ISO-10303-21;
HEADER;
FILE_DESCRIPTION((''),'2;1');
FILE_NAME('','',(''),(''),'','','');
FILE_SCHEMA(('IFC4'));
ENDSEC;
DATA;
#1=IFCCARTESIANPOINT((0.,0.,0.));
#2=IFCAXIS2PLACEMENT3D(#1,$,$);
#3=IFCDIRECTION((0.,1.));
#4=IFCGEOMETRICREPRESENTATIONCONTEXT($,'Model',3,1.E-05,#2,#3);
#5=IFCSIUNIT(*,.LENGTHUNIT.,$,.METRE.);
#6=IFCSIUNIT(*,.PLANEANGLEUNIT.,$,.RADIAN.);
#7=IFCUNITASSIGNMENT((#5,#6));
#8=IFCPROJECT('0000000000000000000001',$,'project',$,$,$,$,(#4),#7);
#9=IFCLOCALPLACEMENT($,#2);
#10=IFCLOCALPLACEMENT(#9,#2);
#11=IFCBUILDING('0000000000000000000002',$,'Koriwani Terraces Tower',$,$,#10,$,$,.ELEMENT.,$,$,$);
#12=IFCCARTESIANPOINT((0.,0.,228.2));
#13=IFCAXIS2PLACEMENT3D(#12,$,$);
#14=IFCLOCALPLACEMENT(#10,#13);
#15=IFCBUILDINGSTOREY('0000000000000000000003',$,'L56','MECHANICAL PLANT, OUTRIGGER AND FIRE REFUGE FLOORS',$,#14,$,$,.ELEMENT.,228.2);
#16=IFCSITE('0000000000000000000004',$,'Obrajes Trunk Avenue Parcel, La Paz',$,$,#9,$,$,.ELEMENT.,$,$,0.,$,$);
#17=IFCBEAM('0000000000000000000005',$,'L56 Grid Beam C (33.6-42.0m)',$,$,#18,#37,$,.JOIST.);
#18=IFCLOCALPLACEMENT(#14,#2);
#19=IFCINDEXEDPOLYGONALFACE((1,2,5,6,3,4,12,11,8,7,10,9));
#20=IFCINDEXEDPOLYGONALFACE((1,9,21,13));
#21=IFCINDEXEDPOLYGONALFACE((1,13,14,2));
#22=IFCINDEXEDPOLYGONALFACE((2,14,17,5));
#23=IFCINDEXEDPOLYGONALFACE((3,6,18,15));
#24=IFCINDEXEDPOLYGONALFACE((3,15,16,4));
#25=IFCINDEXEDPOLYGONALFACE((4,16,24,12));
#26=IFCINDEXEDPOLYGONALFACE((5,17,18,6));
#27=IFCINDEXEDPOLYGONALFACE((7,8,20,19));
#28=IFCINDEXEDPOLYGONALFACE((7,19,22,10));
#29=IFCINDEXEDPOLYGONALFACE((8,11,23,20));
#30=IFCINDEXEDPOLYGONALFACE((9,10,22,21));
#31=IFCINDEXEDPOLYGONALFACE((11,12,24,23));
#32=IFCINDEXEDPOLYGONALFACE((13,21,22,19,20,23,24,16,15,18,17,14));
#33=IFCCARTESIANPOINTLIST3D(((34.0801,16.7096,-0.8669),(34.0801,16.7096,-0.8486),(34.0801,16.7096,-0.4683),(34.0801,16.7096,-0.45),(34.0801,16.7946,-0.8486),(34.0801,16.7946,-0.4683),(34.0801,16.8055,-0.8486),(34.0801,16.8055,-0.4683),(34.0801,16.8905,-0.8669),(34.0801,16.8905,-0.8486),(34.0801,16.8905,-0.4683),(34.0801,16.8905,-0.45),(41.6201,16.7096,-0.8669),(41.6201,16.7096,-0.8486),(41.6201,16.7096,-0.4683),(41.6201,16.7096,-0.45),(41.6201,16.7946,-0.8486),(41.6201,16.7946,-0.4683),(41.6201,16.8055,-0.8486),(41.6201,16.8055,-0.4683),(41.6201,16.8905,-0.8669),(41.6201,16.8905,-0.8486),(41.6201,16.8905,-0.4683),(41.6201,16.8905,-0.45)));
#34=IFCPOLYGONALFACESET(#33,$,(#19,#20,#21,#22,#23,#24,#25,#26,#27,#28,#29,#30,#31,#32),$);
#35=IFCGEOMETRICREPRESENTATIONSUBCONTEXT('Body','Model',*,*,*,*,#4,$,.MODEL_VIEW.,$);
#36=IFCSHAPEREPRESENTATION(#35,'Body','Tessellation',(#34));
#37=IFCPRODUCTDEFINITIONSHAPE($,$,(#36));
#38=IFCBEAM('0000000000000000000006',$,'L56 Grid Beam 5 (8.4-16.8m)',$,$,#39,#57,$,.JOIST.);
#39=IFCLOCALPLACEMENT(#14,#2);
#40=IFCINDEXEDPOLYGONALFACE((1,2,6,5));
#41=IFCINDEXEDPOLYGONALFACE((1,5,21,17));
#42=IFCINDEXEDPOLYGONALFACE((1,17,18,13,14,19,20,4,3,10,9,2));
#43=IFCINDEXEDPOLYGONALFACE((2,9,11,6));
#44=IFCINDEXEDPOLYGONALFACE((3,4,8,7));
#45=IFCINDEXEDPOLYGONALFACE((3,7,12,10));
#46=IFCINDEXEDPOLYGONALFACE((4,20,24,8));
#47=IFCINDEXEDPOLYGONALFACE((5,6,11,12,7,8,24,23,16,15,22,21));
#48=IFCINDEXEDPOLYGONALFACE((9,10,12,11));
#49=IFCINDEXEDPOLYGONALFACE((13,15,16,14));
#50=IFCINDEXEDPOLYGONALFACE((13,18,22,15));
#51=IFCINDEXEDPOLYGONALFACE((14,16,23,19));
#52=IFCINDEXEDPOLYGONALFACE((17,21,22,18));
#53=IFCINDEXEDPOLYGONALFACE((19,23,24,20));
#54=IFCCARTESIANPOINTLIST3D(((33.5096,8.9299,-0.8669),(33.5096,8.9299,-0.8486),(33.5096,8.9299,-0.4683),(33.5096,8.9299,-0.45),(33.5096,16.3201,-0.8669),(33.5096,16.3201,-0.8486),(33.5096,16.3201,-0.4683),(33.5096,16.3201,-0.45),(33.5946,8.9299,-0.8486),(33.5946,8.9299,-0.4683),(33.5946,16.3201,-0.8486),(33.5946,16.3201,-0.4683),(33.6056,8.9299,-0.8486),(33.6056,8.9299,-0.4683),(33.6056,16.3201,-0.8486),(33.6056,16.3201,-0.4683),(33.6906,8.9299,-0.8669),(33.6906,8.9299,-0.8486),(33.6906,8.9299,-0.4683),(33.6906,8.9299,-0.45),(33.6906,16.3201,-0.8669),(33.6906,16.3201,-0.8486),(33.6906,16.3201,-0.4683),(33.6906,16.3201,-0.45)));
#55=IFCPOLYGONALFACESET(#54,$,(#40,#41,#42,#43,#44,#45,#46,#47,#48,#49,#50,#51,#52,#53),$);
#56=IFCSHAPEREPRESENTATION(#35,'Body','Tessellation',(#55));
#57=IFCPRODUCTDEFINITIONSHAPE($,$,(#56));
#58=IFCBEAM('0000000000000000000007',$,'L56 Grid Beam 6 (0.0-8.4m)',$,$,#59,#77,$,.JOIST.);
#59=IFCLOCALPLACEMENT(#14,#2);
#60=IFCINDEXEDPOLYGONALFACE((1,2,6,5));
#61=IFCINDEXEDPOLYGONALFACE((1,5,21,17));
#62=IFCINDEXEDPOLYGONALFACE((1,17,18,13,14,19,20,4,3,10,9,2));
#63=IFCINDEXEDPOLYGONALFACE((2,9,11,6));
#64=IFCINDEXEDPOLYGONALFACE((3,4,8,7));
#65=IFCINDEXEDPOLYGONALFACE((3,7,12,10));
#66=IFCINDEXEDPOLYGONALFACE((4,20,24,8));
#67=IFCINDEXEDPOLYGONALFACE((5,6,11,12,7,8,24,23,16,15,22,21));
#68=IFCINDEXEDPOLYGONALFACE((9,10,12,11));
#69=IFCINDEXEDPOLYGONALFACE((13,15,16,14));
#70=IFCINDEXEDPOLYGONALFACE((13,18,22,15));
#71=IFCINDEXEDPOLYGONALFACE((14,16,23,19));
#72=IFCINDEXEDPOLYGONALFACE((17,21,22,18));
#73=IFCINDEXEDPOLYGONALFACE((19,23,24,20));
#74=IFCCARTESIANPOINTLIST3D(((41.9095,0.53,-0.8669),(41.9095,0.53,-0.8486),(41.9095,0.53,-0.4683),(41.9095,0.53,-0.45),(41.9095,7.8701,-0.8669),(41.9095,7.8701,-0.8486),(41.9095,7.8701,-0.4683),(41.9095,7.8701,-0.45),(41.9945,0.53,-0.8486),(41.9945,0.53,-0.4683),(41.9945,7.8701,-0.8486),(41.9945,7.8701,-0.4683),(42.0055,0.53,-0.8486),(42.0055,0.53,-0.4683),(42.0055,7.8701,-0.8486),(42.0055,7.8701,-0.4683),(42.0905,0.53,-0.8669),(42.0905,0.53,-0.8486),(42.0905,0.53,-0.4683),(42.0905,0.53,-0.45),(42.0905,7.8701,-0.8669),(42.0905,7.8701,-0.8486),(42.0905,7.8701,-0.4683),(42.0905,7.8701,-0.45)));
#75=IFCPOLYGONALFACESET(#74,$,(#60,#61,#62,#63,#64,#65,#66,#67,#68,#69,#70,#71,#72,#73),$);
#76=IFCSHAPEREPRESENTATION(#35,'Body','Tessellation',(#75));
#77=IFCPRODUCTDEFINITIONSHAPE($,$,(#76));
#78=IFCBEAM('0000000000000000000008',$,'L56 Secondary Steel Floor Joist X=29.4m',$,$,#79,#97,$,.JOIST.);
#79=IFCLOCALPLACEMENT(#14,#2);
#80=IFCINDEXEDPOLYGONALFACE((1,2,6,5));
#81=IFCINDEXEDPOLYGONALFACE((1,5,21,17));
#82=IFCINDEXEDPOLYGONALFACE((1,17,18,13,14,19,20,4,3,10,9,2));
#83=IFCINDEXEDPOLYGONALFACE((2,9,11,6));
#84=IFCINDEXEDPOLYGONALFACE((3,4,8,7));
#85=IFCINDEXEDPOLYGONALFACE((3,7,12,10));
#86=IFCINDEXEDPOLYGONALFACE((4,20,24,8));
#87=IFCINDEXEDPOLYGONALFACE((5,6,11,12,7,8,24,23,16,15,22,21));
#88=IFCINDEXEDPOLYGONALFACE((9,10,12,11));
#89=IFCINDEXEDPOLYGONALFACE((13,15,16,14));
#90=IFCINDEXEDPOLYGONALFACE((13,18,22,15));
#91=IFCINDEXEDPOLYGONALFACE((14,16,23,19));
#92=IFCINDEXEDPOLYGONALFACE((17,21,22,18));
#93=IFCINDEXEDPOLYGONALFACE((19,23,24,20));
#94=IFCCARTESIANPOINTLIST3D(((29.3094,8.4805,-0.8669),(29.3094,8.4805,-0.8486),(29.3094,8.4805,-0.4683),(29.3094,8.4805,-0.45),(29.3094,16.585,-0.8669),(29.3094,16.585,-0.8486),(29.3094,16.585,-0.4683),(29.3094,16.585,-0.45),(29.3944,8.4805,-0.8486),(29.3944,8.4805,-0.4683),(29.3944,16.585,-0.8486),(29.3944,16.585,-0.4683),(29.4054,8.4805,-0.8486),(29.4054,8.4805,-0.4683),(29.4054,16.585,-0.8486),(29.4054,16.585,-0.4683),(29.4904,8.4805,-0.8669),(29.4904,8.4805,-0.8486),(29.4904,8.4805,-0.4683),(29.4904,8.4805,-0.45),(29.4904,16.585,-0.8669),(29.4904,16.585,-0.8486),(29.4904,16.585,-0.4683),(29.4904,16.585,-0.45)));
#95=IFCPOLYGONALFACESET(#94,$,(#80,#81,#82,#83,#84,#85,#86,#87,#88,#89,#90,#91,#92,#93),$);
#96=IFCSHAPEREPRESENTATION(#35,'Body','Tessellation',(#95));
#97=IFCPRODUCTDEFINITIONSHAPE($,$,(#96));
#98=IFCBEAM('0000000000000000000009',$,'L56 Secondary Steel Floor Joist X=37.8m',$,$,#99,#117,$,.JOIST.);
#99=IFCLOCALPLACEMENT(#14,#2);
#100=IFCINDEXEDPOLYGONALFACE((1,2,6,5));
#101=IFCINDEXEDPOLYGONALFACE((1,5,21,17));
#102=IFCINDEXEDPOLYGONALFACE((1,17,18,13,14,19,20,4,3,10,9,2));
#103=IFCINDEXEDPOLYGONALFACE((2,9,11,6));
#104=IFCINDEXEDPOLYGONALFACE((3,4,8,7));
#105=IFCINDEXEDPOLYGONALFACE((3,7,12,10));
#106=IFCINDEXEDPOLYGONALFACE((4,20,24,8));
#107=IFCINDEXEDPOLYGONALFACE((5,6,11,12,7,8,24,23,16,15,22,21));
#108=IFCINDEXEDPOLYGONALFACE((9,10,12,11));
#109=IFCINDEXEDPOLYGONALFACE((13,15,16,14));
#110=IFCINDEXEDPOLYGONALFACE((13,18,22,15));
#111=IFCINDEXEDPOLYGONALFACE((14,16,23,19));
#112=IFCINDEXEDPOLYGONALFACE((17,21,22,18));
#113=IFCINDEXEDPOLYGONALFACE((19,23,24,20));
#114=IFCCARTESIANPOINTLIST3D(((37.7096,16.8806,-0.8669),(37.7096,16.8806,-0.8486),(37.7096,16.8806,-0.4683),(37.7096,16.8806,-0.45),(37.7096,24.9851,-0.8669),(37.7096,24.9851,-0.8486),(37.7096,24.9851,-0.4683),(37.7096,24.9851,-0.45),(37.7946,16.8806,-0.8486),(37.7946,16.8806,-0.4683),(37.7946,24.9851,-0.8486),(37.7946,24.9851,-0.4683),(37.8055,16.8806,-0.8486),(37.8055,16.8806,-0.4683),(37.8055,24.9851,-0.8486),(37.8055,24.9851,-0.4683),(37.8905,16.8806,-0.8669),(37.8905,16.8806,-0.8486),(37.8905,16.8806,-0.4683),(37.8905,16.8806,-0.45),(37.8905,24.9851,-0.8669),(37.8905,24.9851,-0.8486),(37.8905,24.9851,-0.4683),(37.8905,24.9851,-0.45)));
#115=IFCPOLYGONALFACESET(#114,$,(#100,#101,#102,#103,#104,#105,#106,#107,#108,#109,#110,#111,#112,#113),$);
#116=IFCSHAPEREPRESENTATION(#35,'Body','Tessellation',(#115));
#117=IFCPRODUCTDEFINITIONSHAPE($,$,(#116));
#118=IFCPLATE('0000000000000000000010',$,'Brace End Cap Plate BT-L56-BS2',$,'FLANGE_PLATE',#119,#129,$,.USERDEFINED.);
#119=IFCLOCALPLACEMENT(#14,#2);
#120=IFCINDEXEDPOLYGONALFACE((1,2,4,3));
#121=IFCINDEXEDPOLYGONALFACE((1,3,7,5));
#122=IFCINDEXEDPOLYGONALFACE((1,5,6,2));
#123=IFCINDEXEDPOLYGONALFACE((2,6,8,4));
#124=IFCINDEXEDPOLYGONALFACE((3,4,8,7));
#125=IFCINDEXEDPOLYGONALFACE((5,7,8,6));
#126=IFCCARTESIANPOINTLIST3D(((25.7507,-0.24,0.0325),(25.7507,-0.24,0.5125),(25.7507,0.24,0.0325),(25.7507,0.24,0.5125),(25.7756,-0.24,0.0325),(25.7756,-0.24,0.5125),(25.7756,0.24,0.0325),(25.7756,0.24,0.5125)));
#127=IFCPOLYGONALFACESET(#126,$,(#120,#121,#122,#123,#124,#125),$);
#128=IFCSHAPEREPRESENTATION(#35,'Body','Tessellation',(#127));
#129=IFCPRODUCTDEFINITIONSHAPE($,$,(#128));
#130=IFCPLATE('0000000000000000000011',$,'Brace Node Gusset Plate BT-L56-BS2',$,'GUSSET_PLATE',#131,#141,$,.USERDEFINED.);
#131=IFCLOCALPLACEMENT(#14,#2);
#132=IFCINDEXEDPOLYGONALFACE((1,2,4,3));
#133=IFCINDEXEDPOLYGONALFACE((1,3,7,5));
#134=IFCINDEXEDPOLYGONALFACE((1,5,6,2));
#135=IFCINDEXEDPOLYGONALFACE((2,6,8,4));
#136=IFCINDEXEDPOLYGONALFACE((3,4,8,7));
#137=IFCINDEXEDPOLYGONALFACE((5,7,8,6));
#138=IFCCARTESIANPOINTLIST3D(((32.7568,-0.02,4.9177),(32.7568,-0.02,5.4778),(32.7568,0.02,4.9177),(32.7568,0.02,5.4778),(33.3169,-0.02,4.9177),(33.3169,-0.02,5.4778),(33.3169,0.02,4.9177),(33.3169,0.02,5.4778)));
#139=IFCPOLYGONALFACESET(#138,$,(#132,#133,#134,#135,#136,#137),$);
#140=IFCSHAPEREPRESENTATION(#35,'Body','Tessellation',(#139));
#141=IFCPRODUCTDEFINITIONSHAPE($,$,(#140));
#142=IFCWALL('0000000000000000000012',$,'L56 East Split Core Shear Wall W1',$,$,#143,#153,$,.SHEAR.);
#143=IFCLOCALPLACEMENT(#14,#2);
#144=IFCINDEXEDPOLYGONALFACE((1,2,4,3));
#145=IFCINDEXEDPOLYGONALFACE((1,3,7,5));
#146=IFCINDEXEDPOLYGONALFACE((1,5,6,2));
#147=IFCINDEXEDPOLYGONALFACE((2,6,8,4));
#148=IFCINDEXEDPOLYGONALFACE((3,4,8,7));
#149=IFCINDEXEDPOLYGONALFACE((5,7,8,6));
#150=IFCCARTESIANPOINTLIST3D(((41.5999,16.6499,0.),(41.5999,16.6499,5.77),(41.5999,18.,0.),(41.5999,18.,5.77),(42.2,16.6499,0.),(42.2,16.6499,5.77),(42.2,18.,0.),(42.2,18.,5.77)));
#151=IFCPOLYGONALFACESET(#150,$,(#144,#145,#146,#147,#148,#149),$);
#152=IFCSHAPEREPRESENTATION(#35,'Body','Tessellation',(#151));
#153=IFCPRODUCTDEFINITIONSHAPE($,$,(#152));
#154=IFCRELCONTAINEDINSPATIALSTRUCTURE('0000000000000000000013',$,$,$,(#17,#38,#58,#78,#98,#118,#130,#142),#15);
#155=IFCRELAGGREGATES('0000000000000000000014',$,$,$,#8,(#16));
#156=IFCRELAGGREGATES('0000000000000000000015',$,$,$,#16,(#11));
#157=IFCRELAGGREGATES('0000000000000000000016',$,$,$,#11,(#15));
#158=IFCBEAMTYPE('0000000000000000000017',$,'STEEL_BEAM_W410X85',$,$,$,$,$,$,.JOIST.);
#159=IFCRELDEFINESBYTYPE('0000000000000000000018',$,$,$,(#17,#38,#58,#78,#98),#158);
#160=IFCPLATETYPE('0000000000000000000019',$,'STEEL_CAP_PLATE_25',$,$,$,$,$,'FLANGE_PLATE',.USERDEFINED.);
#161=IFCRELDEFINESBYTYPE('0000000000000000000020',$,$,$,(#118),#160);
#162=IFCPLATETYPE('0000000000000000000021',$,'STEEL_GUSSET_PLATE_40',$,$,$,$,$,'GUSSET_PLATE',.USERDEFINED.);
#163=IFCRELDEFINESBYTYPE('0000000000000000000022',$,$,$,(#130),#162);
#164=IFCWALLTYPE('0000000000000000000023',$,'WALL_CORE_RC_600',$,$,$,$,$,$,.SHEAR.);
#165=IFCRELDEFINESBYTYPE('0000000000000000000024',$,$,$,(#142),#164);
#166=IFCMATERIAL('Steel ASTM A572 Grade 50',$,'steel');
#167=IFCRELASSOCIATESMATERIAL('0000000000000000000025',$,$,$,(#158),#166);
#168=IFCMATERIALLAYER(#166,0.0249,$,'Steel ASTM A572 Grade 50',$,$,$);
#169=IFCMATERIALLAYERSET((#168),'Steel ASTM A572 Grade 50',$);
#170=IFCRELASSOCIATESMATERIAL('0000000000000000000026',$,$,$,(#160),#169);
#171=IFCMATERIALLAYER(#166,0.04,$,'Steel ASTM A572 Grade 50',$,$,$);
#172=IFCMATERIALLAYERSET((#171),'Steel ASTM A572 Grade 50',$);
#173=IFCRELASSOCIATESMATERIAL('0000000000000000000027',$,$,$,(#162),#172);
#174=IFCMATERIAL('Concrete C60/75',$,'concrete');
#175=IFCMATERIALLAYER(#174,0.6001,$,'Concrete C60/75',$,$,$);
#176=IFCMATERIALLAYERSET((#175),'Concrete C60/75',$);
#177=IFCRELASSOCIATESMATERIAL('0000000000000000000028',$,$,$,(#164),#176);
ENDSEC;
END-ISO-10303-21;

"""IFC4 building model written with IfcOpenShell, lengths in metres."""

from ifc_helpers import new_model, si_unit, direction, frame, frame_2d, origin, origin_2d, place, context, subcontext, project, spatial, rectangle, i_section, extrude, material, layer, layer_set, material_profile, profile_set, type_object, element, save


model = new_model("IFC4")

# Units and contexts
model_context = context("Model", 3, precision=1e-05, world=origin(), true_north=direction((0.0, 1.0)))
body_context = subcontext(model_context, "Body", "Model", "MODEL_VIEW")
ifc_project = project(units=[si_unit("LENGTHUNIT", "METRE"), si_unit("PLANEANGLEUNIT", "RADIAN")], contexts=[model_context])

# Site, building, storey
site_placement = place(None, origin())
site = spatial("IfcSite", under=ifc_project, at=site_placement, Name="Obrajes Trunk Avenue Parcel, La Paz", CompositionType="ELEMENT", RefElevation=0.0)
building_placement = place(site_placement, origin())
building = spatial("IfcBuilding", under=site, at=building_placement, Name="Koriwani Terraces Tower", CompositionType="ELEMENT")
storey_placement = place(building_placement, frame((0.0, 0.0, 228.2)))
storey = spatial("IfcBuildingStorey", under=building, at=storey_placement, Name="L56", Description="MECHANICAL PLANT, OUTRIGGER AND FIRE REFUGE FLOORS", CompositionType="ELEMENT", Elevation=228.2)

# Shared definitions
ifc_material_1 = material(Name="Steel ASTM A572 Grade 50", Category="steel")

# Beams
ifc_material_profile_1 = material_profile(ifc_material_1, i_section(OverallWidth=0.1809, OverallDepth=0.417, WebThickness=0.011, FlangeThickness=0.0183, at=origin_2d()), Name="Steel ASTM A572 Grade 50", Category="LoadBearing")
ifc_profile_set_1 = profile_set([ifc_material_profile_1], Name="Steel ASTM A572 Grade 50")
beam_type_1 = type_object("IfcBeamType", Name="STEEL_BEAM_W410X85", PredefinedType="JOIST", material=ifc_profile_set_1)
beam_1_placement = place(storey_placement, frame((34.0801, 16.8, -0.6584), z_axis=(1.0, 0.0, 0.0), x_axis=(0.0, 1.0, 0.0)))
element("IfcBeam", 1, at=beam_1_placement, inside=storey, type_object=beam_type_1, Name="L56 Grid Beam C (33.6-42.0m)", PredefinedType="JOIST", context=body_context, shape_type="SweptSolid", body=[
    extrude(i_section(OverallWidth=0.1809, OverallDepth=0.417, WebThickness=0.011, FlangeThickness=0.0183, at=origin_2d()), origin(), (0.0, 0.0, 1.0), 7.54),
])
beam_2_placement = place(storey_placement, frame((33.6001, 8.9299, -0.6584), z_axis=(0.0, 1.0, 0.0), x_axis=(-1.0, 0.0, 0.0)))
element("IfcBeam", 2, at=beam_2_placement, inside=storey, type_object=beam_type_1, Name="L56 Grid Beam 5 (8.4-16.8m)", PredefinedType="JOIST", context=body_context, shape_type="SweptSolid", body=[
    extrude(i_section(OverallWidth=0.1809, OverallDepth=0.417, WebThickness=0.011, FlangeThickness=0.0183, at=origin_2d()), origin(), (0.0, 0.0, 1.0), 7.3901),
])
beam_3_placement = place(storey_placement, frame((42.0, 0.53, -0.6584), z_axis=(0.0, 1.0, 0.0), x_axis=(-1.0, 0.0, 0.0)))
element("IfcBeam", 3, at=beam_3_placement, inside=storey, type_object=beam_type_1, Name="L56 Grid Beam 6 (0.0-8.4m)", PredefinedType="JOIST", context=body_context, shape_type="SweptSolid", body=[
    extrude(i_section(OverallWidth=0.1809, OverallDepth=0.417, WebThickness=0.011, FlangeThickness=0.0183, at=origin_2d()), origin(), (0.0, 0.0, 1.0), 7.3401),
])
for number, where, z_axis, x_axis, name in (
    (4, (29.3999, 8.4805, -0.6584), (0.0, 1.0, 0.0), (-1.0, 0.0, 0.0), "L56 Secondary Steel Floor Joist X=29.4m"),
    (5, (37.8, 16.8806, -0.6584), (0.0, 1.0, 0.0), (-1.0, 0.0, 0.0), "L56 Secondary Steel Floor Joist X=37.8m"),
):
    element("IfcBeam", number, at=place(storey_placement, frame(where, z_axis=z_axis, x_axis=x_axis)), inside=storey, type_object=beam_type_1, Name=name, PredefinedType="JOIST", context=body_context, shape_type="SweptSolid", body=[
        extrude(i_section(OverallWidth=0.1809, OverallDepth=0.417, WebThickness=0.011, FlangeThickness=0.0183, at=origin_2d()), origin(), (0.0, 0.0, 1.0), 8.1045),
    ])

# Plates
ifc_layer_1 = layer(ifc_material_1, 0.0249, Name="Steel ASTM A572 Grade 50")
ifc_layer_set_1 = layer_set([ifc_layer_1], Name="Steel ASTM A572 Grade 50")
plate_type_1 = type_object("IfcPlateType", Name="STEEL_CAP_PLATE_25", ElementType="FLANGE_PLATE", PredefinedType="USERDEFINED", material=ifc_layer_set_1)
plate_1_placement = place(storey_placement, frame((25.7632, 0.0, 0.0325), z_axis=(0.0, 0.0, 1.0), x_axis=(1.0, 0.0, 0.0)))
element("IfcPlate", 6, at=plate_1_placement, inside=storey, type_object=plate_type_1, Name="Brace End Cap Plate BT-L56-BS2", ObjectType="FLANGE_PLATE", PredefinedType="USERDEFINED", context=body_context, shape_type="SweptSolid", body=[
    extrude(rectangle(XDim=0.0249, YDim=0.48, at=origin_2d()), origin(), (0.0, 0.0, 1.0), 0.48),
])
ifc_layer_2 = layer(ifc_material_1, 0.04, Name="Steel ASTM A572 Grade 50")
ifc_layer_set_2 = layer_set([ifc_layer_2], Name="Steel ASTM A572 Grade 50")
plate_type_2 = type_object("IfcPlateType", Name="STEEL_GUSSET_PLATE_40", ElementType="GUSSET_PLATE", PredefinedType="USERDEFINED", material=ifc_layer_set_2)
plate_2_placement = place(storey_placement, frame((33.0369, 0.0, 4.9177), z_axis=(0.0, 0.0, 1.0), x_axis=(1.0, 0.0, 0.0)))
element("IfcPlate", 7, at=plate_2_placement, inside=storey, type_object=plate_type_2, Name="Brace Node Gusset Plate BT-L56-BS2", ObjectType="GUSSET_PLATE", PredefinedType="USERDEFINED", context=body_context, shape_type="SweptSolid", body=[
    extrude(rectangle(XDim=0.5601, YDim=0.04, at=origin_2d()), origin(), (0.0, 0.0, 1.0), 0.5601),
])

# Wall
ifc_material_2 = material(Name="Concrete C60/75", Category="concrete")
ifc_layer_3 = layer(ifc_material_2, 0.6001, Name="Concrete C60/75")
ifc_layer_set_3 = layer_set([ifc_layer_3], Name="Concrete C60/75")
wall_type_1 = type_object("IfcWallType", Name="WALL_CORE_RC_600", PredefinedType="SHEAR", material=ifc_layer_set_3)
wall_1_placement = place(storey_placement, frame((41.8999, 16.6499, 0.0), z_axis=(0.0, 0.0, 1.0), x_axis=(0.0, 1.0, 0.0)))
element("IfcWall", 8, at=wall_1_placement, inside=storey, type_object=wall_type_1, Name="L56 East Split Core Shear Wall W1", PredefinedType="SHEAR", context=body_context, shape_type="SweptSolid", body=[
    extrude(rectangle(XDim=1.3501, YDim=0.6001, at=frame_2d((0.675, 0.0))), origin(), (0.0, 0.0, 1.0), 5.77),
])

save(model, "model.ifc")
